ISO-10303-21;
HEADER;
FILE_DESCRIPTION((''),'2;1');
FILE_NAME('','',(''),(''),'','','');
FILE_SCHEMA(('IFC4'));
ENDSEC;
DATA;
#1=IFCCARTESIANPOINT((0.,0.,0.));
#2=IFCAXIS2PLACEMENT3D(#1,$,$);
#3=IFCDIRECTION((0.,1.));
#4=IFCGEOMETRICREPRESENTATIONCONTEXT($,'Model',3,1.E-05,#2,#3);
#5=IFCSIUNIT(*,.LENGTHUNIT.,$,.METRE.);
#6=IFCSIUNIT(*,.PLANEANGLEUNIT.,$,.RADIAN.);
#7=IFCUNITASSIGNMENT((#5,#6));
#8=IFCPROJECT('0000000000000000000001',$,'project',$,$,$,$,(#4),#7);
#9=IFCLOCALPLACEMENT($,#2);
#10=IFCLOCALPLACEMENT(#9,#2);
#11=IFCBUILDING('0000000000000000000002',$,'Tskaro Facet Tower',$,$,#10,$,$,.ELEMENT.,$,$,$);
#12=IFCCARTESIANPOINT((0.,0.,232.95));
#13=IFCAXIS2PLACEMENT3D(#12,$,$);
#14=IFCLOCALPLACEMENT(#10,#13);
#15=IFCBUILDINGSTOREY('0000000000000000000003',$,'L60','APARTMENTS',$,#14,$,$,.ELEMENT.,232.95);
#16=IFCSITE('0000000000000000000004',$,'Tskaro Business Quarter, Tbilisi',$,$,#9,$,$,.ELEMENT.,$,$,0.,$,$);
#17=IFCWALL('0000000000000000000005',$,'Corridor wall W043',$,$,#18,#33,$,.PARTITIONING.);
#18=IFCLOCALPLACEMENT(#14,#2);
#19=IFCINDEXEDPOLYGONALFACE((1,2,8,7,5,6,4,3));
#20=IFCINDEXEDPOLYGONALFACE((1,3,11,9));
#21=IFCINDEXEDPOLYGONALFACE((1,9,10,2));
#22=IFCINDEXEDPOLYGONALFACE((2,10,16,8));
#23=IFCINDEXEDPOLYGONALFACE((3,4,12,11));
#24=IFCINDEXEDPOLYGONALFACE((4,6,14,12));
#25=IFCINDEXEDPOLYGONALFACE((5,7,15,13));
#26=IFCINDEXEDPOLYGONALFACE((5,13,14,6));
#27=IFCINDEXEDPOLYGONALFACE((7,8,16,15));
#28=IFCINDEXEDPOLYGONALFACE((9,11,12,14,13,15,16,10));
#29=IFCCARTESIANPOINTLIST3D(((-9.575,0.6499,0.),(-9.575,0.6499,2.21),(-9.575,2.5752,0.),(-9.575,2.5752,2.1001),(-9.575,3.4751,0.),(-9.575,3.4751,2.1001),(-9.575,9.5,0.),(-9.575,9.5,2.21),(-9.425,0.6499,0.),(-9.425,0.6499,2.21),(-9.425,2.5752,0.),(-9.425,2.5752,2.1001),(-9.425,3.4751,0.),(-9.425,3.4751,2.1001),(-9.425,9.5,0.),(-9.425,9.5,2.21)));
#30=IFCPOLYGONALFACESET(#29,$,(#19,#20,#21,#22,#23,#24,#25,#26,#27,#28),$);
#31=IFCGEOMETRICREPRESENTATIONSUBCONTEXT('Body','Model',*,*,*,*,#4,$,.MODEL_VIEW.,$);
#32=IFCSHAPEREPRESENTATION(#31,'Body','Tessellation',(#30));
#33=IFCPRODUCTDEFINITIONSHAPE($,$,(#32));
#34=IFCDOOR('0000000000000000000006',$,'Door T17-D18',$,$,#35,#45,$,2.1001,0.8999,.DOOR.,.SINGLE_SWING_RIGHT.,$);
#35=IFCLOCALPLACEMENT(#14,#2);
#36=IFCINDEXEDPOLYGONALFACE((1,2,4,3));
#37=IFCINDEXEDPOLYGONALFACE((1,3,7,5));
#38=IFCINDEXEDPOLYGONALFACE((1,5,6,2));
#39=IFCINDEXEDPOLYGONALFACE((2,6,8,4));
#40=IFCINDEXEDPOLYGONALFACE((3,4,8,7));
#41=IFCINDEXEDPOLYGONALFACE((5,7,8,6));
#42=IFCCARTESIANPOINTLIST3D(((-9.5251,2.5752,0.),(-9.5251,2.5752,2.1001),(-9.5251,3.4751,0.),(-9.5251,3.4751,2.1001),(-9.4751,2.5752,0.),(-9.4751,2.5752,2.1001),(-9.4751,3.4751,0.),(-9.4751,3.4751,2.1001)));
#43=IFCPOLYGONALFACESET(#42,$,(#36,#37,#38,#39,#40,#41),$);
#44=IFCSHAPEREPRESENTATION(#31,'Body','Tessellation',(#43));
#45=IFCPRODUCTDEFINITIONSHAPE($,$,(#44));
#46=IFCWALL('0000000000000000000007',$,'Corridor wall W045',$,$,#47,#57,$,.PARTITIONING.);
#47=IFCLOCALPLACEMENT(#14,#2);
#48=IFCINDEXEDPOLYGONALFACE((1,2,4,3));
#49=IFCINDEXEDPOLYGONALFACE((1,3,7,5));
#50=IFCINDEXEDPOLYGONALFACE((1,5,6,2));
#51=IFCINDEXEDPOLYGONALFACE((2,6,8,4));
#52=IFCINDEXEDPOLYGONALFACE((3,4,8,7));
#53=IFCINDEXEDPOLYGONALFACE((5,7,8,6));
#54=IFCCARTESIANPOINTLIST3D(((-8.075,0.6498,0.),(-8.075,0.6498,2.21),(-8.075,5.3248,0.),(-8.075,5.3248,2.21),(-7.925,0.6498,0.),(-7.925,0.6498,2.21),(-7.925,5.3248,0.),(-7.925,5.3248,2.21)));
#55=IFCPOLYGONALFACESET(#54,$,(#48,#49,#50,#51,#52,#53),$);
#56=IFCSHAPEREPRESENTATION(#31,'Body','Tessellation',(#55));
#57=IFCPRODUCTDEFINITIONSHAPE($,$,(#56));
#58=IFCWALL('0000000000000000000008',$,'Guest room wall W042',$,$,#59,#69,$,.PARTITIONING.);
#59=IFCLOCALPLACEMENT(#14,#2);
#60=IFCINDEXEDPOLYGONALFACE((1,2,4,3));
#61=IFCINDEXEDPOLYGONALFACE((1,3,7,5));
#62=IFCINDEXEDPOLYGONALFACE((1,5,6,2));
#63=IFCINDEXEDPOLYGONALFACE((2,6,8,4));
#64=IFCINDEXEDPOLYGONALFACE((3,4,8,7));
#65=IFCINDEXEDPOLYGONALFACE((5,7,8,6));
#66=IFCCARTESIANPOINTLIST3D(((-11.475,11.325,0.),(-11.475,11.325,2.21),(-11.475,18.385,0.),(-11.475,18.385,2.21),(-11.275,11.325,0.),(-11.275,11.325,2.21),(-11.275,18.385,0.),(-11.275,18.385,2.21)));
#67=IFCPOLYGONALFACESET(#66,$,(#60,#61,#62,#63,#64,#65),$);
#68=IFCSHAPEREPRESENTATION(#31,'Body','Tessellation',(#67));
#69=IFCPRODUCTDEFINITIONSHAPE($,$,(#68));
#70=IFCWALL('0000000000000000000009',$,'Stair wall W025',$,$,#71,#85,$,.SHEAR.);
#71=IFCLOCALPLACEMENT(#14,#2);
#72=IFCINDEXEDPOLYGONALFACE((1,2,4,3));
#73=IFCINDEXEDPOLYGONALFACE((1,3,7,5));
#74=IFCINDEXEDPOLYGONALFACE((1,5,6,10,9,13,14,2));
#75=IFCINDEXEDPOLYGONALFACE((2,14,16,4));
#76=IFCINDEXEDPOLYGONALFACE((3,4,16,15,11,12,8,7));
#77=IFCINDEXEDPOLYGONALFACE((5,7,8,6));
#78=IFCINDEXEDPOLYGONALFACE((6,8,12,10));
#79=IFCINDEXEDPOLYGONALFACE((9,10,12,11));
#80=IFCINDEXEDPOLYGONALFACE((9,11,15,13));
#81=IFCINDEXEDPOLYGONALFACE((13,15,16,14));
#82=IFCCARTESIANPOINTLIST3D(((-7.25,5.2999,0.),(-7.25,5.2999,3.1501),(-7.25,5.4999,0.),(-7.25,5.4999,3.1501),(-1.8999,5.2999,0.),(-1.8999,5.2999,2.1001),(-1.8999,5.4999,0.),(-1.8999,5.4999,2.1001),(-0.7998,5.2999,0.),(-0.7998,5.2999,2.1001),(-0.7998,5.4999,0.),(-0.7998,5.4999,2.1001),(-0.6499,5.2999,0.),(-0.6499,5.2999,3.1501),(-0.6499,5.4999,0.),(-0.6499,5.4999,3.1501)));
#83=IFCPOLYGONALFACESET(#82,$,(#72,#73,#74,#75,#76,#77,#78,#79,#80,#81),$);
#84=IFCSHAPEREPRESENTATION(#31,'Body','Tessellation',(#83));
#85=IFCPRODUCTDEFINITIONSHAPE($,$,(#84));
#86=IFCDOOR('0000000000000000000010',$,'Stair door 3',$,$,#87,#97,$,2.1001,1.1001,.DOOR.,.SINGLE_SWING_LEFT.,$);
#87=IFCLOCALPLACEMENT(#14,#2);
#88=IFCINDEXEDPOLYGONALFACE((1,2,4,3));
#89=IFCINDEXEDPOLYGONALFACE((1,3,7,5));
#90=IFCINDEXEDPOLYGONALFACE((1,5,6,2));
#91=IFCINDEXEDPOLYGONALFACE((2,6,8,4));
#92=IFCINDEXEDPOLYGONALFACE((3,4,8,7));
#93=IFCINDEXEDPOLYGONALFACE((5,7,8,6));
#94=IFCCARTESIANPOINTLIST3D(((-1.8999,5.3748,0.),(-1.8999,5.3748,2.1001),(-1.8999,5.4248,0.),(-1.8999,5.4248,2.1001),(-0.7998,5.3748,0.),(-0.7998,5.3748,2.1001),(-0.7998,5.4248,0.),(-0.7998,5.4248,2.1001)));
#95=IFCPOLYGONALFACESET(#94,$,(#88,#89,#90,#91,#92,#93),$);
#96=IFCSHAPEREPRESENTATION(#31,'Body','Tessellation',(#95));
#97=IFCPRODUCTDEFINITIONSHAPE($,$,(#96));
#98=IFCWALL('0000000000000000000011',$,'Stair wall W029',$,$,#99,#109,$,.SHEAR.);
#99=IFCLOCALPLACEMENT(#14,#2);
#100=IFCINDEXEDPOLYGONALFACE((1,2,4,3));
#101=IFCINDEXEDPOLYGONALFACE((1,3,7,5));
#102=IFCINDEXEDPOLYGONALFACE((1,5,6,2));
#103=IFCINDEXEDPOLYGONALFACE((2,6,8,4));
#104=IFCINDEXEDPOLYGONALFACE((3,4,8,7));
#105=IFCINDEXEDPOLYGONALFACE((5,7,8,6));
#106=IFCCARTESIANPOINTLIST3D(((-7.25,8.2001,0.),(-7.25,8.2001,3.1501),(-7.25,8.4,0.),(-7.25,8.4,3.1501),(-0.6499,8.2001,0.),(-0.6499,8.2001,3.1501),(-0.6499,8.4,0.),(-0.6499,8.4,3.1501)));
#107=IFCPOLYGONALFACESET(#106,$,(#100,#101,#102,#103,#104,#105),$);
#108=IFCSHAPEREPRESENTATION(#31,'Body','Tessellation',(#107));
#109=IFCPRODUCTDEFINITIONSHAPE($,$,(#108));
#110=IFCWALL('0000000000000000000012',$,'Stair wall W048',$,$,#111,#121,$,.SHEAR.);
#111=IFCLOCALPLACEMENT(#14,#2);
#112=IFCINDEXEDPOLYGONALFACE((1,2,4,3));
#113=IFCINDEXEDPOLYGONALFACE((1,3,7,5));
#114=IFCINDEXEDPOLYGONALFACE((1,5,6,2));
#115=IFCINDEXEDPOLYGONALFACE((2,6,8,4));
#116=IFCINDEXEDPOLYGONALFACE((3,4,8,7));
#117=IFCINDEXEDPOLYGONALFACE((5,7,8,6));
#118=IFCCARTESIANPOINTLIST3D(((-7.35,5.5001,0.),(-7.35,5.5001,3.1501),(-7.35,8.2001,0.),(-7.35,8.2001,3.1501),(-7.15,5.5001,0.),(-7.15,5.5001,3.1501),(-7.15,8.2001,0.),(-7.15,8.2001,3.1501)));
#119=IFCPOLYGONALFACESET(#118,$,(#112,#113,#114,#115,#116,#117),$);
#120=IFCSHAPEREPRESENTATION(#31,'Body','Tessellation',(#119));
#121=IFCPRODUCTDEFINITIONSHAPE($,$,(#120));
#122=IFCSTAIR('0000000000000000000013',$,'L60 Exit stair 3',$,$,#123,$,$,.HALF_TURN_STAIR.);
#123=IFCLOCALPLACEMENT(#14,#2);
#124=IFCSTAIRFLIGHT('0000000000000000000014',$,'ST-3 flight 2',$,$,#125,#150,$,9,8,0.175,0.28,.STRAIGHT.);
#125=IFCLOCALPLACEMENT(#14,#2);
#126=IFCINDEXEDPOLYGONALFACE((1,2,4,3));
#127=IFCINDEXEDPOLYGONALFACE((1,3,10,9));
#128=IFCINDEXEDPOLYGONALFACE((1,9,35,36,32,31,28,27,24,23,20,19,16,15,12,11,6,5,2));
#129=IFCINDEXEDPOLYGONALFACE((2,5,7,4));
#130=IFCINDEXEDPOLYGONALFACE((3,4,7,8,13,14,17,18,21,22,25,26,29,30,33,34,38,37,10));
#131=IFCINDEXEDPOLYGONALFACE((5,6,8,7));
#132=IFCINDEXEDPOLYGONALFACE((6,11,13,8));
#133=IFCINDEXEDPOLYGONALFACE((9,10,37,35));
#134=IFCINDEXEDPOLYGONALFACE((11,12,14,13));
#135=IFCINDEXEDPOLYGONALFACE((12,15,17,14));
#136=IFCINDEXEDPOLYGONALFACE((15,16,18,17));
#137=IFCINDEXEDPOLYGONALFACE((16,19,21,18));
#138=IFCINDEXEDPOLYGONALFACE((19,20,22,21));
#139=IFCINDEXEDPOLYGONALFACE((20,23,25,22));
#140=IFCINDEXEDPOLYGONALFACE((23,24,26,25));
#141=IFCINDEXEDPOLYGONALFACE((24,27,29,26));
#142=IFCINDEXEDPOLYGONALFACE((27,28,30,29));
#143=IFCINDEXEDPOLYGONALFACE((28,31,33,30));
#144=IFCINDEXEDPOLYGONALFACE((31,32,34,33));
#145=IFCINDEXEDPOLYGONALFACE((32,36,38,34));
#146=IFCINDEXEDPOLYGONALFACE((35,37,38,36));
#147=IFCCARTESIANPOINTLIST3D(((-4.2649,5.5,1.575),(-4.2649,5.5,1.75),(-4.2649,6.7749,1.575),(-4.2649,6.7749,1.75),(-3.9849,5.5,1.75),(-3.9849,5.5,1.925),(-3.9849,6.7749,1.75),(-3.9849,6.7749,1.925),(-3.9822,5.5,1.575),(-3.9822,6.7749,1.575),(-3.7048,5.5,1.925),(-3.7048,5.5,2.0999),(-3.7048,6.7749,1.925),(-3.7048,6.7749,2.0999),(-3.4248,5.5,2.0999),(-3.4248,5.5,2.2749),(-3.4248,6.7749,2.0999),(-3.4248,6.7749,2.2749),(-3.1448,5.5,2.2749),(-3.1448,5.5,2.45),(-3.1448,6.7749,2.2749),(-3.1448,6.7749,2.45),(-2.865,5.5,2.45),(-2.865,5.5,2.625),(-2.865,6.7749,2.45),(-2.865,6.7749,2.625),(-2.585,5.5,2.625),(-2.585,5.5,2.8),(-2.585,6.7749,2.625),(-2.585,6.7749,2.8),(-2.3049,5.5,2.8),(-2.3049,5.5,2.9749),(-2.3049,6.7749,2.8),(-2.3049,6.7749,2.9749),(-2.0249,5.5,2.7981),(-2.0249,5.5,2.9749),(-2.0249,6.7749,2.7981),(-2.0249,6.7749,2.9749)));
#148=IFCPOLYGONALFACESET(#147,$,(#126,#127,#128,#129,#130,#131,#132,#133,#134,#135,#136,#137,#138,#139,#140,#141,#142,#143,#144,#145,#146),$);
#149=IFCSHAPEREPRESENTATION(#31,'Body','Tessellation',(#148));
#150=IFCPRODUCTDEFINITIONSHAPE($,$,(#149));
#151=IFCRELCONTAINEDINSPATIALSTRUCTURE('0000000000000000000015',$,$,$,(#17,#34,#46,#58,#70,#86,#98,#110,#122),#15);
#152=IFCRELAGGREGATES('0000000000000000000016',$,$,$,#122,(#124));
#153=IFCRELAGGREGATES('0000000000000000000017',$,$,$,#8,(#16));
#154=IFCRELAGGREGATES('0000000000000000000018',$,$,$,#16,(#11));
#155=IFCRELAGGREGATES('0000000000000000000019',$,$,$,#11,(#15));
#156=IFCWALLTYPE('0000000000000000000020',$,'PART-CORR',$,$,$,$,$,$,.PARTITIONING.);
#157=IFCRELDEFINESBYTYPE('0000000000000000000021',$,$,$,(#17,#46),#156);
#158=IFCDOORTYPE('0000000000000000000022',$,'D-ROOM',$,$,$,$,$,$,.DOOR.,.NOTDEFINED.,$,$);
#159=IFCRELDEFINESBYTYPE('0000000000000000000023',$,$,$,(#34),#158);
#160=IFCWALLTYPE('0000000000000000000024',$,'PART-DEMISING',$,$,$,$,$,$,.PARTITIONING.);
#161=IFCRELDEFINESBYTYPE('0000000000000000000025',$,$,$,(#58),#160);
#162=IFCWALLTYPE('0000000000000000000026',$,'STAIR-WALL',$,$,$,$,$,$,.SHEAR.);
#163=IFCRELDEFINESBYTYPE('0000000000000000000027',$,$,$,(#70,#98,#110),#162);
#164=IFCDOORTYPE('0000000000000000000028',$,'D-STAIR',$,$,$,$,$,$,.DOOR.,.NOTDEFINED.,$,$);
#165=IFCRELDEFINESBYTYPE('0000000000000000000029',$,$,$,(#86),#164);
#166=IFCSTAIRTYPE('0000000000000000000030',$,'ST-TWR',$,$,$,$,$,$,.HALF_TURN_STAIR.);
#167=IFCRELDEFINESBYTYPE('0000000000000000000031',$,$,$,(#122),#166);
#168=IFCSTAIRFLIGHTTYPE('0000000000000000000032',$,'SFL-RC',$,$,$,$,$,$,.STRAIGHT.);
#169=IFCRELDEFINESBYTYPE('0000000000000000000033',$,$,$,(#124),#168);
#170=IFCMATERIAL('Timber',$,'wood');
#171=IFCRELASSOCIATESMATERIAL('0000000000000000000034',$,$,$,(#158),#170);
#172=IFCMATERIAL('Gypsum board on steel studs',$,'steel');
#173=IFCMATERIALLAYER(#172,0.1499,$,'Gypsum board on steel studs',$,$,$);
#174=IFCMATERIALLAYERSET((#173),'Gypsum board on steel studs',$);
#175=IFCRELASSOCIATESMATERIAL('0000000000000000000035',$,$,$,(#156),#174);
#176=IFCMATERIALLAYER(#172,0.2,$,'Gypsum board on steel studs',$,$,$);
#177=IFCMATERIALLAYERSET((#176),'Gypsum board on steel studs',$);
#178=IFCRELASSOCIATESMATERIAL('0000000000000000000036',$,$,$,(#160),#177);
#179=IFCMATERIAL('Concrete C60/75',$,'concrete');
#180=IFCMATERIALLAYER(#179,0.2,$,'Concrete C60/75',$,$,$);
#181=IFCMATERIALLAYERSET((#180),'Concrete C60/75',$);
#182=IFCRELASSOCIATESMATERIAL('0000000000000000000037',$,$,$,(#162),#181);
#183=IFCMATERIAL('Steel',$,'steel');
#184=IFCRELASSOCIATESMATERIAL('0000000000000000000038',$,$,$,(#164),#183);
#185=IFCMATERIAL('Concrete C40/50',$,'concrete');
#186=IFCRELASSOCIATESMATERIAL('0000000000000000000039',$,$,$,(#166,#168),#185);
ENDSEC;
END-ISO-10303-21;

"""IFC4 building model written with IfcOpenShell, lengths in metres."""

from ifc_helpers import new_model, si_unit, direction, frame, frame_2d, origin, place, context, subcontext, project, spatial, polyline, rectangle, outline, extrude, material, layer, layer_set, type_object, element, fill, aggregate, save


model = new_model("IFC4")

# Units and contexts
model_context = context("Model", 3, precision=1e-05, world=origin(), true_north=direction((0.0, 1.0)))
body_context = subcontext(model_context, "Body", "Model", "MODEL_VIEW")
ifc_project = project(units=[si_unit("LENGTHUNIT", "METRE"), si_unit("PLANEANGLEUNIT", "RADIAN")], contexts=[model_context])

# Site, building, storey
site_placement = place(None, origin())
site = spatial("IfcSite", under=ifc_project, at=site_placement, Name="Tskaro Business Quarter, Tbilisi", CompositionType="ELEMENT", RefElevation=0.0)
building_placement = place(site_placement, origin())
building = spatial("IfcBuilding", under=site, at=building_placement, Name="Tskaro Facet Tower", CompositionType="ELEMENT")
storey_placement = place(building_placement, frame((0.0, 0.0, 232.95)))
storey = spatial("IfcBuildingStorey", under=building, at=storey_placement, Name="L60", Description="APARTMENTS", CompositionType="ELEMENT", Elevation=232.95)

# Shared definitions
ifc_material_1 = material(Name="Concrete C40/50", Category="concrete")
ifc_material_2 = material(Name="Steel", Category="steel")
ifc_material_3 = material(Name="Timber", Category="wood")
door_type_1 = type_object("IfcDoorType", Name="D-ROOM", OperationType="NOTDEFINED", PredefinedType="DOOR", material=ifc_material_3)

# Shared definitions
ifc_material_4 = material(Name="Gypsum board on steel studs", Category="steel")
ifc_layer_1 = layer(ifc_material_4, 0.1499, Name="Gypsum board on steel studs")
ifc_layer_set_1 = layer_set([ifc_layer_1], Name="Gypsum board on steel studs")
wall_type_1 = type_object("IfcWallType", Name="PART-CORR", PredefinedType="PARTITIONING", material=ifc_layer_set_1)

# Wall, opening, door
wall_1_placement = place(storey_placement, frame((-9.5, 9.5, 0.0), z_axis=(0.0, 0.0, 1.0), x_axis=(0.0, -1.0, 0.0)))
wall_1 = element("IfcWall", 1, at=wall_1_placement, inside=storey, type_object=wall_type_1, Name="Corridor wall W043", PredefinedType="PARTITIONING", context=body_context, shape_type="SweptSolid", body=[
    extrude(rectangle(XDim=8.8501, YDim=0.1499, at=frame_2d((4.425, 0.0))), origin(), (0.0, 0.0, 1.0), 2.21),
])
opening_1_placement = place(wall_1_placement, frame((6.0249, 0.0, 0.0)))
opening_1 = element("IfcOpeningElement", 2, at=opening_1_placement, cuts=wall_1, PredefinedType="OPENING", context=body_context, shape_type="SweptSolid", body=[
    extrude(rectangle(XDim=0.8999, YDim=2.1001, at=frame_2d((0.45, 1.05))), frame((0.0, 0.085, 0.0), z_axis=(0.0, -1.0, 0.0), x_axis=(1.0, 0.0, 0.0)), (0.0, 0.0, 1.0), 0.1699),
])
door_1_placement = place(opening_1_placement, origin())
door_1 = element("IfcDoor", 3, at=door_1_placement, inside=storey, type_object=door_type_1, Name="Door T17-D18", OperationType="SINGLE_SWING_RIGHT", OverallHeight=2.1001, OverallWidth=0.8999, PredefinedType="DOOR", context=body_context, shape_type="SweptSolid", body=[
    extrude(rectangle(XDim=0.8999, YDim=2.1001, at=frame_2d((0.45, 1.05))), frame((0.0, 0.0249, 0.0), z_axis=(0.0, -1.0, 0.0), x_axis=(1.0, 0.0, 0.0)), (0.0, 0.0, 1.0), 0.05),
])
fill(opening_1, door_1)

# Walls
wall_2_placement = place(storey_placement, frame((-8.0, 0.6499, 0.0), z_axis=(0.0, 0.0, 1.0), x_axis=(0.0, 1.0, 0.0)))
element("IfcWall", 4, at=wall_2_placement, inside=storey, type_object=wall_type_1, Name="Corridor wall W045", PredefinedType="PARTITIONING", context=body_context, shape_type="SweptSolid", body=[
    extrude(rectangle(XDim=4.675, YDim=0.1499, at=frame_2d((2.3374, 0.0))), origin(), (0.0, 0.0, 1.0), 2.21),
])
ifc_layer_2 = layer(ifc_material_4, 0.2, Name="Gypsum board on steel studs")
ifc_layer_set_2 = layer_set([ifc_layer_2], Name="Gypsum board on steel studs")
wall_type_2 = type_object("IfcWallType", Name="PART-DEMISING", PredefinedType="PARTITIONING", material=ifc_layer_set_2)
wall_3_placement = place(storey_placement, frame((-11.375, 11.325, 0.0), z_axis=(0.0, 0.0, 1.0), x_axis=(0.0, 1.0, 0.0)))
element("IfcWall", 5, at=wall_3_placement, inside=storey, type_object=wall_type_2, Name="Guest room wall W042", PredefinedType="PARTITIONING", context=body_context, shape_type="SweptSolid", body=[
    extrude(rectangle(XDim=7.0601, YDim=0.2, at=frame_2d((3.53, 0.0))), origin(), (0.0, 0.0, 1.0), 2.21),
])

# Wall, opening, door
ifc_material_5 = material(Name="Concrete C60/75", Category="concrete")
ifc_layer_3 = layer(ifc_material_5, 0.2, Name="Concrete C60/75")
ifc_layer_set_3 = layer_set([ifc_layer_3], Name="Concrete C60/75")
wall_type_3 = type_object("IfcWallType", Name="STAIR-WALL", PredefinedType="SHEAR", material=ifc_layer_set_3)
wall_4_placement = place(storey_placement, frame((-7.25, 5.3999, 0.0), z_axis=(0.0, 0.0, 1.0), x_axis=(1.0, 0.0, 0.0)))
wall_4 = element("IfcWall", 6, at=wall_4_placement, inside=storey, type_object=wall_type_3, Name="Stair wall W025", PredefinedType="SHEAR", context=body_context, shape_type="SweptSolid", body=[
    extrude(rectangle(XDim=6.6001, YDim=0.2, at=frame_2d((3.3, 0.0))), origin(), (0.0, 0.0, 1.0), 3.1501),
])
opening_2_placement = place(wall_4_placement, frame((5.3501, 0.0, 0.0)))
opening_2 = element("IfcOpeningElement", 7, at=opening_2_placement, cuts=wall_4, PredefinedType="OPENING", context=body_context, shape_type="SweptSolid", body=[
    extrude(rectangle(XDim=1.1001, YDim=2.1001, at=frame_2d((0.55, 1.05))), frame((0.0, 0.1099, 0.0), z_axis=(0.0, -1.0, 0.0), x_axis=(1.0, 0.0, 0.0)), (0.0, 0.0, 1.0), 0.22),
])
door_type_2 = type_object("IfcDoorType", Name="D-STAIR", OperationType="NOTDEFINED", PredefinedType="DOOR", material=ifc_material_2)
door_2_placement = place(opening_2_placement, origin())
door_2 = element("IfcDoor", 8, at=door_2_placement, inside=storey, type_object=door_type_2, Name="Stair door 3", OperationType="SINGLE_SWING_LEFT", OverallHeight=2.1001, OverallWidth=1.1001, PredefinedType="DOOR", context=body_context, shape_type="SweptSolid", body=[
    extrude(rectangle(XDim=1.1001, YDim=2.1001, at=frame_2d((0.55, 1.05))), frame((0.0, 0.0249, 0.0), z_axis=(0.0, -1.0, 0.0), x_axis=(1.0, 0.0, 0.0)), (0.0, 0.0, 1.0), 0.05),
])
fill(opening_2, door_2)

# Walls
wall_5_placement = place(storey_placement, frame((-7.25, 8.3, 0.0), z_axis=(0.0, 0.0, 1.0), x_axis=(1.0, 0.0, 0.0)))
element("IfcWall", 9, at=wall_5_placement, inside=storey, type_object=wall_type_3, Name="Stair wall W029", PredefinedType="SHEAR", context=body_context, shape_type="SweptSolid", body=[
    extrude(rectangle(XDim=6.6001, YDim=0.2, at=frame_2d((3.3, 0.0))), origin(), (0.0, 0.0, 1.0), 3.1501),
])
wall_6_placement = place(storey_placement, frame((-7.25, 5.5, 0.0), z_axis=(0.0, 0.0, 1.0), x_axis=(0.0, 1.0, 0.0)))
element("IfcWall", 10, at=wall_6_placement, inside=storey, type_object=wall_type_3, Name="Stair wall W048", PredefinedType="SHEAR", context=body_context, shape_type="SweptSolid", body=[
    extrude(rectangle(XDim=2.7, YDim=0.2, at=frame_2d((1.3501, 0.0))), origin(), (0.0, 0.0, 1.0), 3.1501),
])

# Stair, stair flight
stair_type = type_object("IfcStairType", Name="ST-TWR", PredefinedType="HALF_TURN_STAIR", material=ifc_material_1)
stair_placement = place(storey_placement, origin())
stair = element("IfcStair", 11, at=stair_placement, inside=storey, type_object=stair_type, Name="L60 Exit stair 3", PredefinedType="HALF_TURN_STAIR")
stair_flight_type = type_object("IfcStairFlightType", Name="SFL-RC", PredefinedType="STRAIGHT", material=ifc_material_1)
stair_flight_placement = place(storey_placement, frame((-4.2649, 6.1375, 1.575), z_axis=(0.0, 0.0, 1.0), x_axis=(1.0, 0.0, 0.0)))
stair_flight = element("IfcStairFlight", 12, at=stair_flight_placement, type_object=stair_flight_type, Name="ST-3 flight 2", NumberOfRisers=9, NumberOfTreads=8, PredefinedType="STRAIGHT", RiserHeight=0.175, TreadLength=0.28, context=body_context, shape_type="SweptSolid", body=[
    extrude(outline(polyline([(0.0, 0.0), (0.0, 0.175), (0.28, 0.175), (0.28, 0.3501), (0.5601, 0.3501), (0.5601, 0.5249), (0.8401, 0.5249), (0.8401, 0.7), (1.1201, 0.7), (1.1201, 0.875), (1.3999, 0.875), (1.3999, 1.05), (1.6799, 1.05), (1.6799, 1.2251), (1.96, 1.2251), (1.96, 1.3999), (2.24, 1.3999), (2.24, 1.575), (2.24, 1.2231), (0.2827, 0.0), (0.0, 0.0)])), frame((0.0, 0.6375, 0.0), z_axis=(0.0, -1.0, 0.0), x_axis=(1.0, 0.0, 0.0)), (0.0, 0.0, 1.0), 1.2749),
])
aggregate(stair, [stair_flight])

save(model, "model.ifc")
